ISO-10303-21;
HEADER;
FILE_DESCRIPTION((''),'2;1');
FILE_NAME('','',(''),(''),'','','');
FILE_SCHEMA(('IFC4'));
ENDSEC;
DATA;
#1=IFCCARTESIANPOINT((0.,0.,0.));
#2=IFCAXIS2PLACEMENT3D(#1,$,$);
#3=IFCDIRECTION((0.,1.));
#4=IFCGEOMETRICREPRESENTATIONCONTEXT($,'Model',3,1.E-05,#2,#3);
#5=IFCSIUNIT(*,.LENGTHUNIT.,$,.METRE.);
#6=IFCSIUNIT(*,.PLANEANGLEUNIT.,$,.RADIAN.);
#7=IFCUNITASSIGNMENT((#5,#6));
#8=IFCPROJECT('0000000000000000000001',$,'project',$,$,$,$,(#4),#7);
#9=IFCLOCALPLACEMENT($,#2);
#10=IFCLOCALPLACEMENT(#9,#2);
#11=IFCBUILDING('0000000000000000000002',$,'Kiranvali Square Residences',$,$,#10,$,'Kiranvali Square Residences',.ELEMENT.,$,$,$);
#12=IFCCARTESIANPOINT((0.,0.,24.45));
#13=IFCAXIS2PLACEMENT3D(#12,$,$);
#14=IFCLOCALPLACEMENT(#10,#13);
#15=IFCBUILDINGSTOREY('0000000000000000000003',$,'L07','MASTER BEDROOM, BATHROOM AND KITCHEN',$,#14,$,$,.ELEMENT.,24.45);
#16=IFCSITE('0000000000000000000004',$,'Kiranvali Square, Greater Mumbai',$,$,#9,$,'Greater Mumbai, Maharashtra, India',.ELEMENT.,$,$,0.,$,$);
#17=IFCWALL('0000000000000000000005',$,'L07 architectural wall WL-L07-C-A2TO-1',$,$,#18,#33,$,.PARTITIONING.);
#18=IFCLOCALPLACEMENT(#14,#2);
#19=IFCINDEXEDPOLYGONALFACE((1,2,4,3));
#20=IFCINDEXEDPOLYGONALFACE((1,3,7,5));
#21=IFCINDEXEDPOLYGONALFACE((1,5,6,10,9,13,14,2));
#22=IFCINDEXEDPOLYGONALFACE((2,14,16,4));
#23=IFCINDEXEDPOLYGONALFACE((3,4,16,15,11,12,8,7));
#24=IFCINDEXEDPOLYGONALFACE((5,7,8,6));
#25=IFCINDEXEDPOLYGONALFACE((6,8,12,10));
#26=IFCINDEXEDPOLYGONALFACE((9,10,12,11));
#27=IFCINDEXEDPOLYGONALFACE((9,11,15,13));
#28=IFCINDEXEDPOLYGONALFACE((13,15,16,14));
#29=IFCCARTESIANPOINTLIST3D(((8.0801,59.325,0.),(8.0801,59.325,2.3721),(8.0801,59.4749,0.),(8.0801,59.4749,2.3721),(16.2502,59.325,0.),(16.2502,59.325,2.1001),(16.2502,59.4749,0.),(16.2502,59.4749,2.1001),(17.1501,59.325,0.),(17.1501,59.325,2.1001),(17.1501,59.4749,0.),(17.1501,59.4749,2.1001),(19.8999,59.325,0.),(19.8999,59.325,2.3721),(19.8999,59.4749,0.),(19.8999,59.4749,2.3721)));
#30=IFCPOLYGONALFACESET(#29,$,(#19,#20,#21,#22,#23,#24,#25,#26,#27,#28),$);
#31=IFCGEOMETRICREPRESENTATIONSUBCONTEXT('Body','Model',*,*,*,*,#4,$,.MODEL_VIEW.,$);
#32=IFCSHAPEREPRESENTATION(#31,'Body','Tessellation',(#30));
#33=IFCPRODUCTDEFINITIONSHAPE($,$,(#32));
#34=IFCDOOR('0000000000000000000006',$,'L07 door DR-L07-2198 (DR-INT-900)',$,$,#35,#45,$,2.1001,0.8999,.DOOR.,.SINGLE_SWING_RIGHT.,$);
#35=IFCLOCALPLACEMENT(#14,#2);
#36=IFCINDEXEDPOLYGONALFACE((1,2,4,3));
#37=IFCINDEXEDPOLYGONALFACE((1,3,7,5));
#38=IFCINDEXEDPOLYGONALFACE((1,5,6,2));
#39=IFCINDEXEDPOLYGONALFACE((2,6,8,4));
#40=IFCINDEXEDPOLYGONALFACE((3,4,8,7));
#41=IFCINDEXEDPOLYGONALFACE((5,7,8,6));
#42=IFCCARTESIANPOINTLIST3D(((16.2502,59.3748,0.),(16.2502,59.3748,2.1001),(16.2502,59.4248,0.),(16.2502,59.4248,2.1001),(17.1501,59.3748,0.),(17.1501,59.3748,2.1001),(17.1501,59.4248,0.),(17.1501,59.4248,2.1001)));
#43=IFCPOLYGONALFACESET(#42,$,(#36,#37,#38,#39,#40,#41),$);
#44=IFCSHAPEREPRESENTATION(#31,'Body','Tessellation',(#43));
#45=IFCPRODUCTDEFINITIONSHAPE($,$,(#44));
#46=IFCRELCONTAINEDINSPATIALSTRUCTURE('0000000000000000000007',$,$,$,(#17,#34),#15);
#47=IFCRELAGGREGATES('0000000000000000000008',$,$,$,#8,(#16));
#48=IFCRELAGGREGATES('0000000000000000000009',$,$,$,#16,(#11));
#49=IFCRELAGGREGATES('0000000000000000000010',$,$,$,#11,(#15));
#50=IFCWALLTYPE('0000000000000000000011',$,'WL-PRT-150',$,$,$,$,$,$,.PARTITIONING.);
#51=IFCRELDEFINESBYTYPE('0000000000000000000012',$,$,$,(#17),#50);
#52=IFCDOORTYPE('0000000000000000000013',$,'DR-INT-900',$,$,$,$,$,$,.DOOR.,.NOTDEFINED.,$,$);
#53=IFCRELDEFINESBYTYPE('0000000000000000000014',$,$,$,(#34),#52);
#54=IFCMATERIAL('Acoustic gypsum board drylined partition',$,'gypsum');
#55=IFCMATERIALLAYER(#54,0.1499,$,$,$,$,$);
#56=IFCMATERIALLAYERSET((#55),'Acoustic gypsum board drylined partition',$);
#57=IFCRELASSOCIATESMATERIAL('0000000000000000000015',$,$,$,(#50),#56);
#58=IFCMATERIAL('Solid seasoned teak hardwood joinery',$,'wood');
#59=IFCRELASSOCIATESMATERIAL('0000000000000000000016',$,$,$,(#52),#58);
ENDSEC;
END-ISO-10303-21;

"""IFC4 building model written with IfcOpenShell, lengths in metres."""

from ifc_helpers import new_model, si_unit, direction, frame, frame_2d, origin, place, context, subcontext, project, spatial, rectangle, extrude, material, layer, layer_set, type_object, element, fill, save


model = new_model("IFC4")

# Units and contexts
model_context = context("Model", 3, precision=1e-05, world=origin(), true_north=direction((0.0, 1.0)))
body_context = subcontext(model_context, "Body", "Model", "MODEL_VIEW")
ifc_project = project(units=[si_unit("LENGTHUNIT", "METRE"), si_unit("PLANEANGLEUNIT", "RADIAN")], contexts=[model_context])

# Site, building, storey
site_placement = place(None, origin())
site = spatial("IfcSite", under=ifc_project, at=site_placement, Name="Kiranvali Square, Greater Mumbai", LongName="Greater Mumbai, Maharashtra, India", CompositionType="ELEMENT", RefElevation=0.0)
building_placement = place(site_placement, origin())
building = spatial("IfcBuilding", under=site, at=building_placement, Name="Kiranvali Square Residences", LongName="Kiranvali Square Residences", CompositionType="ELEMENT")
storey_placement = place(building_placement, frame((0.0, 0.0, 24.45)))
storey = spatial("IfcBuildingStorey", under=building, at=storey_placement, Name="L07", Description="MASTER BEDROOM, BATHROOM AND KITCHEN", CompositionType="ELEMENT", Elevation=24.45)

# Wall, opening, door
ifc_material_1 = material(Name="Acoustic gypsum board drylined partition", Category="gypsum")
ifc_layer_1 = layer(ifc_material_1, 0.1499)
ifc_layer_set_1 = layer_set([ifc_layer_1], Name="Acoustic gypsum board drylined partition")
wall_type_1 = type_object("IfcWallType", Name="WL-PRT-150", PredefinedType="PARTITIONING", material=ifc_layer_set_1)
ifc_material_2 = material(Name="Solid seasoned teak hardwood joinery", Category="wood")
door_type = type_object("IfcDoorType", Name="DR-INT-900", OperationType="NOTDEFINED", PredefinedType="DOOR", material=ifc_material_2)
wall_1_placement = place(storey_placement, frame((19.8999, 59.3999, 0.0), z_axis=(0.0, 0.0, 1.0), x_axis=(-1.0, 0.0, 0.0)))
wall_1 = element("IfcWall", 1, at=wall_1_placement, inside=storey, type_object=wall_type_1, Name="L07 architectural wall WL-L07-C-A2TO-1", PredefinedType="PARTITIONING", context=body_context, shape_type="SweptSolid", body=[
    extrude(rectangle(XDim=11.8198, YDim=0.1499, at=frame_2d((5.9099, 0.0))), origin(), (0.0, 0.0, 1.0), 2.3721),
])
opening_1_placement = place(wall_1_placement, frame((2.7498, 0.0, 0.0)))
opening_1 = element("IfcOpeningElement", 2, at=opening_1_placement, cuts=wall_1, PredefinedType="OPENING", context=body_context, shape_type="SweptSolid", body=[
    extrude(rectangle(XDim=0.8999, YDim=2.1001, at=frame_2d((0.45, 1.05))), frame((0.0, 0.085, 0.0), z_axis=(0.0, -1.0, 0.0), x_axis=(1.0, 0.0, 0.0)), (0.0, 0.0, 1.0), 0.1699),
])
door_1_placement = place(opening_1_placement, frame((0.8999, 0.0, 0.0), z_axis=(0.0, 0.0, 1.0), x_axis=(-1.0, 0.0, 0.0)))
door_1 = element("IfcDoor", 3, at=door_1_placement, inside=storey, type_object=door_type, Name="L07 door DR-L07-2198 (DR-INT-900)", OperationType="SINGLE_SWING_RIGHT", OverallHeight=2.1001, OverallWidth=0.8999, PredefinedType="DOOR", context=body_context, shape_type="SweptSolid", body=[
    extrude(rectangle(XDim=0.8999, YDim=2.1001, at=frame_2d((0.45, 1.05))), frame((0.0, 0.0249, 0.0), z_axis=(0.0, -1.0, 0.0), x_axis=(1.0, 0.0, 0.0)), (0.0, 0.0, 1.0), 0.05),
])
fill(opening_1, door_1)

save(model, "model.ifc")
